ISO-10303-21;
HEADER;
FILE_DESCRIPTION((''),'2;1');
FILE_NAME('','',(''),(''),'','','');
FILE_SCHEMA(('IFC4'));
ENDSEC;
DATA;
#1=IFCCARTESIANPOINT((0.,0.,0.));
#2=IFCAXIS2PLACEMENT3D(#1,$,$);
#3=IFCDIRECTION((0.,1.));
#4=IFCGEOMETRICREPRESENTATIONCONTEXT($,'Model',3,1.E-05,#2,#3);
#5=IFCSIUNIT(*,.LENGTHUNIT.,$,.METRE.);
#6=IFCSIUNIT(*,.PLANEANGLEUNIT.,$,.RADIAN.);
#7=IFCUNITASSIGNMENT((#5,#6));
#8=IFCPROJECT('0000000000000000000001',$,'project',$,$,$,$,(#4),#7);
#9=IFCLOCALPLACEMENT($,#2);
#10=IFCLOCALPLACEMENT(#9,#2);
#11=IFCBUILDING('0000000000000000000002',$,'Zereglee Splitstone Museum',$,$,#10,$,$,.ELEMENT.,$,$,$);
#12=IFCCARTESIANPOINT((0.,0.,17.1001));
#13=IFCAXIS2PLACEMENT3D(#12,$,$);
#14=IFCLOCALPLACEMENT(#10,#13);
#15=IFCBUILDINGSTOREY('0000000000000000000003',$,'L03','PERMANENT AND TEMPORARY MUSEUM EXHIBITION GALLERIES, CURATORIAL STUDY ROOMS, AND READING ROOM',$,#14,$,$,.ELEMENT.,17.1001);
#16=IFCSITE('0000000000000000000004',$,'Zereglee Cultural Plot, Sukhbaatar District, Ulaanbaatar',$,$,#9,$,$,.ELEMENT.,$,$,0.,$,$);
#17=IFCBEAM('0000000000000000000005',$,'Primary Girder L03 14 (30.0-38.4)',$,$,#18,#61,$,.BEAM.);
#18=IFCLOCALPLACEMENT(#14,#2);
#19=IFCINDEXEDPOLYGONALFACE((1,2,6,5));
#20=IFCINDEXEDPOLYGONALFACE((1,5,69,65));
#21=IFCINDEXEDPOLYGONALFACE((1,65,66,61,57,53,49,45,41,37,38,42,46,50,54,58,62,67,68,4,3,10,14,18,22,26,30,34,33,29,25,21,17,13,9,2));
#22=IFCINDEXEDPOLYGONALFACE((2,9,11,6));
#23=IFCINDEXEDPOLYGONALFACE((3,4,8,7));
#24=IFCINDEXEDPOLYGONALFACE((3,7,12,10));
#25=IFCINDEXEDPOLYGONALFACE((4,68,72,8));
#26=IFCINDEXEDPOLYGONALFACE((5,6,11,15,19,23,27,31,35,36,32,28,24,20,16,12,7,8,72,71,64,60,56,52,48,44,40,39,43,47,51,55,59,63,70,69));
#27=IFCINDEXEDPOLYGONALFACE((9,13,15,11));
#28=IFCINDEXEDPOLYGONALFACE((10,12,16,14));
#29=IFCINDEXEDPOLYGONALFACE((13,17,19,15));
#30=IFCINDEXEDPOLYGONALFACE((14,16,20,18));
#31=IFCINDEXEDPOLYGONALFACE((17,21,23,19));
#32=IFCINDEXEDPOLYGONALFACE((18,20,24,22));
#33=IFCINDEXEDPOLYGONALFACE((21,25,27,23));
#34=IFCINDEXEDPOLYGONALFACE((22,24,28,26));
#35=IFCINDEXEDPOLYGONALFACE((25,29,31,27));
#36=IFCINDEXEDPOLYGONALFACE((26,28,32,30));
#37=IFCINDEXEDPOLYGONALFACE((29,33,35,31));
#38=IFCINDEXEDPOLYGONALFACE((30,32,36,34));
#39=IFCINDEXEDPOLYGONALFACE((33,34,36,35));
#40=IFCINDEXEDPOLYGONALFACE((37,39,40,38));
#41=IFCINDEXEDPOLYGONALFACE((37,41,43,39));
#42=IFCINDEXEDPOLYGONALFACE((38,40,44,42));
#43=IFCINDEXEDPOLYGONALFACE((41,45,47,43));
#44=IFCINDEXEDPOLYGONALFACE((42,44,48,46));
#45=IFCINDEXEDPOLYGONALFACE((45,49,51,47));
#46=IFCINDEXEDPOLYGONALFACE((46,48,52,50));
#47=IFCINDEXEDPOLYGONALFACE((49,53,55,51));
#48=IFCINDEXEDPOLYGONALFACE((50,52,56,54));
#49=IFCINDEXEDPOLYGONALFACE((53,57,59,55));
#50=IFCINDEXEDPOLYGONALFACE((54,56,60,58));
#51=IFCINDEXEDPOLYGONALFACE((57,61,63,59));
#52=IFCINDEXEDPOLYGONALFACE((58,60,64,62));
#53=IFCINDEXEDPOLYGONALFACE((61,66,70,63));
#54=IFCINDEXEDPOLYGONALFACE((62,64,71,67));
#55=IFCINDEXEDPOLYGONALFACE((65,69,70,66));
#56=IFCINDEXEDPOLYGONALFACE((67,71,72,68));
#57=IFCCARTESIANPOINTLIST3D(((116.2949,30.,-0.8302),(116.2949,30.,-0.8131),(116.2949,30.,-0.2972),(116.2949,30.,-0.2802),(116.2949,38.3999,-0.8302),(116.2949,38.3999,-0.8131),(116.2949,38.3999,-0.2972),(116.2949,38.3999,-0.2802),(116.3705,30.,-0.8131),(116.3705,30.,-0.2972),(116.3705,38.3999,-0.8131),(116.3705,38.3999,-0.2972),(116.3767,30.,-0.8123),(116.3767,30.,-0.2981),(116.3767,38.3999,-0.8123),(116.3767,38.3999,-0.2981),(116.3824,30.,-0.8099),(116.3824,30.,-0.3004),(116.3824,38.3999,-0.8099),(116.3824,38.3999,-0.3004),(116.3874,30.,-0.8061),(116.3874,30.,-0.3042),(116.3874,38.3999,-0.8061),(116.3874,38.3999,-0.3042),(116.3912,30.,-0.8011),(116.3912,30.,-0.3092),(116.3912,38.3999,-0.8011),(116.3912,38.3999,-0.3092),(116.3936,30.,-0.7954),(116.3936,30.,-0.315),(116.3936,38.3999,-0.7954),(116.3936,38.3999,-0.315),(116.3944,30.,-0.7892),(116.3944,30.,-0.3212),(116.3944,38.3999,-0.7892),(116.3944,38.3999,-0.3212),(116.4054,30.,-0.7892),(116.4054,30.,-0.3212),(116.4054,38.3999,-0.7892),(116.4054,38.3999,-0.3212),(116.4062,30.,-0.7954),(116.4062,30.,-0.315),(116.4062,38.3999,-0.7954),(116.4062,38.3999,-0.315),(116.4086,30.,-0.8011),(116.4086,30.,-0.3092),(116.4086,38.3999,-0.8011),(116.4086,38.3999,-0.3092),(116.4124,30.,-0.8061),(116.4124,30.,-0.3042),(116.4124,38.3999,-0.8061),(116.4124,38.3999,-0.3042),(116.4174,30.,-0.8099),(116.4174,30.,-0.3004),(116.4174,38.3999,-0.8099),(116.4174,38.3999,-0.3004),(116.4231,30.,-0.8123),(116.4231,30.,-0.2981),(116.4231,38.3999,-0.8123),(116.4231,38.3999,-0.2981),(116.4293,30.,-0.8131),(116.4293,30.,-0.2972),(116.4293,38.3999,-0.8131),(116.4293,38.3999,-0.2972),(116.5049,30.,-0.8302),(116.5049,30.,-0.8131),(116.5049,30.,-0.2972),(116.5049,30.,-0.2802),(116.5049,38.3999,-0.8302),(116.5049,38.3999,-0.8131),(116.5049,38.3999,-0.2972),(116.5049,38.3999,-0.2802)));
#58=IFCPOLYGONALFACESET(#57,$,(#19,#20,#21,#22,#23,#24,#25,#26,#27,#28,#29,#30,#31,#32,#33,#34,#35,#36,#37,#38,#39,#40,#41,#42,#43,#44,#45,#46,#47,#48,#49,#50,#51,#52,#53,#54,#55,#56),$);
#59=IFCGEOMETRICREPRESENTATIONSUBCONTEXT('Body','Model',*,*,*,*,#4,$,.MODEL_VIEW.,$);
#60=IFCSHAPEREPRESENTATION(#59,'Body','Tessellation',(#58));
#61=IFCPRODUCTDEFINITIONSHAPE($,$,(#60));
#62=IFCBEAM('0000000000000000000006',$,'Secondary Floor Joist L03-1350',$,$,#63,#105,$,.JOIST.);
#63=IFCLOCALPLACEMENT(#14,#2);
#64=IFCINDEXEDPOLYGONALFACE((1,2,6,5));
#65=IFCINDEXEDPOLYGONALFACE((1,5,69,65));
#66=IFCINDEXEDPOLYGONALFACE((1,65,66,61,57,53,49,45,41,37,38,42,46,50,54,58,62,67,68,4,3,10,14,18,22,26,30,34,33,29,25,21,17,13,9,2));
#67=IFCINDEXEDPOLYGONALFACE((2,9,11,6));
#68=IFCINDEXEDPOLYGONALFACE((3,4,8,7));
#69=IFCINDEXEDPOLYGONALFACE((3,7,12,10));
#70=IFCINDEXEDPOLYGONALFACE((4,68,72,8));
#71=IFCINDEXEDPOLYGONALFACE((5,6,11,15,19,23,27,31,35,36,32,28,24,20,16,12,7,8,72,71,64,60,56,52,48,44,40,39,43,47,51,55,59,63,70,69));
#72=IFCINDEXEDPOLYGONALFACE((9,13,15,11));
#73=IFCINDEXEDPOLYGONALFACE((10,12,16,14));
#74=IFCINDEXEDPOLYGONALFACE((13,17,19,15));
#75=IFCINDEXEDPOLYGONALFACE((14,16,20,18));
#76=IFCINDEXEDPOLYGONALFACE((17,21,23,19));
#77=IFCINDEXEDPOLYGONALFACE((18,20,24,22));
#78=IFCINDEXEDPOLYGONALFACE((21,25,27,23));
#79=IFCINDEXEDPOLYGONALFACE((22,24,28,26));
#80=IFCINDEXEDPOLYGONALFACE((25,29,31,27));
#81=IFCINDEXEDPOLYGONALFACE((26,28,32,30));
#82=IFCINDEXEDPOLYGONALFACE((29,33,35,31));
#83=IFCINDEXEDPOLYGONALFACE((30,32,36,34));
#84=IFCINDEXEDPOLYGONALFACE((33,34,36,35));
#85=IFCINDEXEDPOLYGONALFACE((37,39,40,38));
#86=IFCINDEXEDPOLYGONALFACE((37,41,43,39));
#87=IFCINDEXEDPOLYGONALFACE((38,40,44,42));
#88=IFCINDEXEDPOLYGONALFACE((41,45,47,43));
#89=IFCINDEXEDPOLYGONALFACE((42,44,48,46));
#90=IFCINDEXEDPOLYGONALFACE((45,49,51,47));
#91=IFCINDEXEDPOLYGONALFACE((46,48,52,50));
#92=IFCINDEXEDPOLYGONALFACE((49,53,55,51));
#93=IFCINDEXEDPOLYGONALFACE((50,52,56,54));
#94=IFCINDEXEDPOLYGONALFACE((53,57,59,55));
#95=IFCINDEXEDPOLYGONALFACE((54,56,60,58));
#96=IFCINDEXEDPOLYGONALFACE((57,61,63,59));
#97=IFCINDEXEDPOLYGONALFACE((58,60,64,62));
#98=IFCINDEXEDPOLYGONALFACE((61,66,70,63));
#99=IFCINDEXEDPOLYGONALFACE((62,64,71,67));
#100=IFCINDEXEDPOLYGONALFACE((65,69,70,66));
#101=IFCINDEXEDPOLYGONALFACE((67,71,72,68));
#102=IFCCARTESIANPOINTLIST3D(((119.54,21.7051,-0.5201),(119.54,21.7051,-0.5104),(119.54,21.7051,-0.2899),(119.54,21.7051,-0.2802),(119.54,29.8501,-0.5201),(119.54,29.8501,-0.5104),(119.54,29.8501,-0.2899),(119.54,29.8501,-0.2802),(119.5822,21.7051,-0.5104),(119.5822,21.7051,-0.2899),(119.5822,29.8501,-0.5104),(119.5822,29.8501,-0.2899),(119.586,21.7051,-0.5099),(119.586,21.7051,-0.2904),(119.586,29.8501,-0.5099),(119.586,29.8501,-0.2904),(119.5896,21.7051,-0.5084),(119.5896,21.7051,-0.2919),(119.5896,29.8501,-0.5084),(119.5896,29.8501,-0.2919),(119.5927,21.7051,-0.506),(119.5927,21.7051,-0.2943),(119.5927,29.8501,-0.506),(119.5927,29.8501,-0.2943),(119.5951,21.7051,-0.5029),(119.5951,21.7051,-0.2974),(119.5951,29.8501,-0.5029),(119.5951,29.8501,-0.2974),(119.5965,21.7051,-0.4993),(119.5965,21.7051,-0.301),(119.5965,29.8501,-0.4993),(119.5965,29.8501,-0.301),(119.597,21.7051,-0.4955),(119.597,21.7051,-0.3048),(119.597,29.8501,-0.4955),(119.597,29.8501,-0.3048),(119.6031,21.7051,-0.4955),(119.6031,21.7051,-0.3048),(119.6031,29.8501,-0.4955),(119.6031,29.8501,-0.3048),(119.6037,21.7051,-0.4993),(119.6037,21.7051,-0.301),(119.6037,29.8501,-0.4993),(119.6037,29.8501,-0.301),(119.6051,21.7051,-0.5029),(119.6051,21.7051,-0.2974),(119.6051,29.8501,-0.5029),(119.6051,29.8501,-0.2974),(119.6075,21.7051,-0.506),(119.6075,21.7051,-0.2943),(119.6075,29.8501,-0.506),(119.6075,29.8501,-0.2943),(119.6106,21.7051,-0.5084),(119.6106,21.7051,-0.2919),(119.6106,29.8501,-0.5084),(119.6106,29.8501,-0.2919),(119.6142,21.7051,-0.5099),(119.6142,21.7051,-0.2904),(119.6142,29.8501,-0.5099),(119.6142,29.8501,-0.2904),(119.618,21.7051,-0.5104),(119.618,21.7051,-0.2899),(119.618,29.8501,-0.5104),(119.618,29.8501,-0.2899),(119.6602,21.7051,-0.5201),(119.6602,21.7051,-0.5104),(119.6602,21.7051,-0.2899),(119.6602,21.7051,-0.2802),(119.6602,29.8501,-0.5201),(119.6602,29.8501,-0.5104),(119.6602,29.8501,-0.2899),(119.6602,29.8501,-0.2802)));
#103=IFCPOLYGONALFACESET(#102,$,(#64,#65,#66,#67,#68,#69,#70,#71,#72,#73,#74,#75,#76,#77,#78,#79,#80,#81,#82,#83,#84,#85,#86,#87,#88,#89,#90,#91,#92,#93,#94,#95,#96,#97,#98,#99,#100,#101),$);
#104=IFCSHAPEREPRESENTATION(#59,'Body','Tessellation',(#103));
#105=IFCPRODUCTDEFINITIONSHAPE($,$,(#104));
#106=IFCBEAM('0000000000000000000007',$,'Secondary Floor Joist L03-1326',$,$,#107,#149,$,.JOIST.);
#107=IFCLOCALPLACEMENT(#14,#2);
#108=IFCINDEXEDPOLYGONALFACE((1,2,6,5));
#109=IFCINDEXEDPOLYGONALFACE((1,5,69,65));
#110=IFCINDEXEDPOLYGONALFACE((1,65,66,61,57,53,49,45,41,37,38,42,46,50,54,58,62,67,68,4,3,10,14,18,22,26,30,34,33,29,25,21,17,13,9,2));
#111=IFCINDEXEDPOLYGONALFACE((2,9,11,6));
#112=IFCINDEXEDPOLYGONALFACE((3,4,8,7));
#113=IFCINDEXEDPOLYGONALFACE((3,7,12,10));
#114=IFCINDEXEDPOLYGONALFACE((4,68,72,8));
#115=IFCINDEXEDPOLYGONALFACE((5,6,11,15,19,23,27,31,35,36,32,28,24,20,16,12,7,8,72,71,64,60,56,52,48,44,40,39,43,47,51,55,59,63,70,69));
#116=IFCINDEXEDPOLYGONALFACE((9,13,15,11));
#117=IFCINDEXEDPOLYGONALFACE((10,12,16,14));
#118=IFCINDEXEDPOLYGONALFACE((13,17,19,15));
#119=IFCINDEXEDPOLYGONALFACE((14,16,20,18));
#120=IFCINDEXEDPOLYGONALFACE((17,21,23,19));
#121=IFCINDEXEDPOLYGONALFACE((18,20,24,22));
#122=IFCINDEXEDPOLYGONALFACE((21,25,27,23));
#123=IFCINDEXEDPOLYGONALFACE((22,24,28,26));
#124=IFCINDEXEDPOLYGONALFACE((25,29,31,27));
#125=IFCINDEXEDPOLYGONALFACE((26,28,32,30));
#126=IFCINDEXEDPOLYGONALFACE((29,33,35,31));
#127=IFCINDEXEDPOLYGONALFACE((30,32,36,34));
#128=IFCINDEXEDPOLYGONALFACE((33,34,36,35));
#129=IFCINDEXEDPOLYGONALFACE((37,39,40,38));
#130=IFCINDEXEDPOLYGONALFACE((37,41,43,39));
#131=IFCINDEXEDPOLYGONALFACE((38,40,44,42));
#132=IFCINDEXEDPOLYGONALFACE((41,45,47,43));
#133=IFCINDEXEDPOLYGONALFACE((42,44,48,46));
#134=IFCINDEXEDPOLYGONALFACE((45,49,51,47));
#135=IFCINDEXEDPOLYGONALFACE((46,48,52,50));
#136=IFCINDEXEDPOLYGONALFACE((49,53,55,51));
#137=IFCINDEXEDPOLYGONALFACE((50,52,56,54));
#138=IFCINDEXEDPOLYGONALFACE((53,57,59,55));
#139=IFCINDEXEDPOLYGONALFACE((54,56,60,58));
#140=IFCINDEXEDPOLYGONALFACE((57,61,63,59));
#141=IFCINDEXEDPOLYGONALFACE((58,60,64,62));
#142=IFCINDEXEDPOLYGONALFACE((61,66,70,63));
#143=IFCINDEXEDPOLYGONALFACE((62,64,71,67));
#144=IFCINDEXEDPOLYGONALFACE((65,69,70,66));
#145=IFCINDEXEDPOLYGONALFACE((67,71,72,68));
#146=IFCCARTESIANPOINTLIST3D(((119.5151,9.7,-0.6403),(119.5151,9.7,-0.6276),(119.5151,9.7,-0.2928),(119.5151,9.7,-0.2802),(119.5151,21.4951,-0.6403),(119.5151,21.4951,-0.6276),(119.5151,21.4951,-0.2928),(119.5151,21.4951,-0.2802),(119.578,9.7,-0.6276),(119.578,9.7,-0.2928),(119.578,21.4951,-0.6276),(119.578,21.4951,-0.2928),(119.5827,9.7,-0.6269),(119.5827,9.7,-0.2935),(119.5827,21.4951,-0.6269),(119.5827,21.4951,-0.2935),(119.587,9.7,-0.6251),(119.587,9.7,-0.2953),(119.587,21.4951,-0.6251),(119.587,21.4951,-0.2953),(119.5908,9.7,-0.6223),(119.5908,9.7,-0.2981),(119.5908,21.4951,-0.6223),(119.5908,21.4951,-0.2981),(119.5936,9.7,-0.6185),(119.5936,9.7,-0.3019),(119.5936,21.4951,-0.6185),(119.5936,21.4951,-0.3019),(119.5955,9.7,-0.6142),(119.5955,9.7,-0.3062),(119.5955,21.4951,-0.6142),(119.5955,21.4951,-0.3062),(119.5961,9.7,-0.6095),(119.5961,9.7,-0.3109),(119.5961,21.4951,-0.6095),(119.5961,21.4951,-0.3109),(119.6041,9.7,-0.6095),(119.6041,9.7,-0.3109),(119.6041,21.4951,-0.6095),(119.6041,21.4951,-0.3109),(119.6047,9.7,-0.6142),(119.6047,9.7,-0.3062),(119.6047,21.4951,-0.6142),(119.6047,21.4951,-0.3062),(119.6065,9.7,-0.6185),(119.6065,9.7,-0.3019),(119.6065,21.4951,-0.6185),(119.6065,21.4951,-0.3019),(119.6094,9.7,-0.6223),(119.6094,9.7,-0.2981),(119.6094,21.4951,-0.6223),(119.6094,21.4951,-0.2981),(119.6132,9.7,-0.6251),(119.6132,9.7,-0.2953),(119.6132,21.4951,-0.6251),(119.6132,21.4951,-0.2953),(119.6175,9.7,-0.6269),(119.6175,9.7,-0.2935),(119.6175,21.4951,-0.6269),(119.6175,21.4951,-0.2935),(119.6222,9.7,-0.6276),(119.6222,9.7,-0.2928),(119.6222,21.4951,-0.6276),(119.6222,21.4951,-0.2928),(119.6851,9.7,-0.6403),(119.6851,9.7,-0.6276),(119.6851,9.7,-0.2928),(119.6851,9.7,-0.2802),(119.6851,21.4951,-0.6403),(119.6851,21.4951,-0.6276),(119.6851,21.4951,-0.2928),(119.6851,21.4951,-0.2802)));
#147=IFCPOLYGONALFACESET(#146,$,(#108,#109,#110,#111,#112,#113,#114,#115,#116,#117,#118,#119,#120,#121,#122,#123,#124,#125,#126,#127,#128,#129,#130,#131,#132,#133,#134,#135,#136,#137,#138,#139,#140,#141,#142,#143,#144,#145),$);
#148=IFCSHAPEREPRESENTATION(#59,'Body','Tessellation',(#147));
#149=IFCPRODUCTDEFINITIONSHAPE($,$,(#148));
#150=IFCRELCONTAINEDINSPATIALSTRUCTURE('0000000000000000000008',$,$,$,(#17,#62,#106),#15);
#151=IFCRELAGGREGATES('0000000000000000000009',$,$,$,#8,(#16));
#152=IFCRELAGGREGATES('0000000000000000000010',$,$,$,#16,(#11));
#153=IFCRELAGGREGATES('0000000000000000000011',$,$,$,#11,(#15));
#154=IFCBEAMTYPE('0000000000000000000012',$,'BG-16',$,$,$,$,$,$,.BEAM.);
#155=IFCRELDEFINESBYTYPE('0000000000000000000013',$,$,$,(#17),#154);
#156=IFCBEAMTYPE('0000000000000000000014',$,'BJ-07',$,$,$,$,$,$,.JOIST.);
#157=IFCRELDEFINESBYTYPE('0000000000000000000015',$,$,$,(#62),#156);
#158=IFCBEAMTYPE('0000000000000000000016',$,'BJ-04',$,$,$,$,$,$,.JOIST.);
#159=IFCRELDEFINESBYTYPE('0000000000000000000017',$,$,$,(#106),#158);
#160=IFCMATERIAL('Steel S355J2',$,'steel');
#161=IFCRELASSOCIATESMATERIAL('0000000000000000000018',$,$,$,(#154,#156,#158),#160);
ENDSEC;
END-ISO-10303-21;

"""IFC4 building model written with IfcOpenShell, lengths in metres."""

from ifc_helpers import new_model, si_unit, direction, frame, origin, origin_2d, place, context, subcontext, project, spatial, i_section, extrude, material, material_profile, profile_set, type_object, element, save


model = new_model("IFC4")

# Units and contexts
model_context = context("Model", 3, precision=1e-05, world=origin(), true_north=direction((0.0, 1.0)))
body_context = subcontext(model_context, "Body", "Model", "MODEL_VIEW")
ifc_project = project(units=[si_unit("LENGTHUNIT", "METRE"), si_unit("PLANEANGLEUNIT", "RADIAN")], contexts=[model_context])

# Site, building, storey
site_placement = place(None, origin())
site = spatial("IfcSite", under=ifc_project, at=site_placement, Name="Zereglee Cultural Plot, Sukhbaatar District, Ulaanbaatar", CompositionType="ELEMENT", RefElevation=0.0)
building_placement = place(site_placement, origin())
building = spatial("IfcBuilding", under=site, at=building_placement, Name="Zereglee Splitstone Museum", CompositionType="ELEMENT")
storey_placement = place(building_placement, frame((0.0, 0.0, 17.1001)))
storey = spatial("IfcBuildingStorey", under=building, at=storey_placement, Name="L03", Description="PERMANENT AND TEMPORARY MUSEUM EXHIBITION GALLERIES, CURATORIAL STUDY ROOMS, AND READING ROOM", CompositionType="ELEMENT", Elevation=17.1001)

# Shared definitions
ifc_material_1 = material(Name="Steel S355J2", Category="steel")

# Beams
ifc_material_profile_1 = material_profile(ifc_material_1, i_section(OverallWidth=0.21, OverallDepth=0.55, WebThickness=0.011, FlangeThickness=0.0171, FilletRadius=0.0239, at=origin_2d()), Name="IPE 550")
ifc_profile_set_1 = profile_set([ifc_material_profile_1], Name="Steel S355J2")
beam_type_1 = type_object("IfcBeamType", Name="BG-16", PredefinedType="BEAM", material=ifc_profile_set_1)
beam_1_placement = place(storey_placement, frame((116.3999, 30.0, -0.5552), z_axis=(0.0, 1.0, 0.0), x_axis=(-1.0, 0.0, 0.0)))
element("IfcBeam", 1, at=beam_1_placement, inside=storey, type_object=beam_type_1, Name="Primary Girder L03 14 (30.0-38.4)", PredefinedType="BEAM", context=body_context, shape_type="SweptSolid", body=[
    extrude(i_section(OverallWidth=0.21, OverallDepth=0.55, WebThickness=0.011, FlangeThickness=0.0171, FilletRadius=0.0239, at=origin_2d()), origin(), (0.0, 0.0, 1.0), 8.3999),
])
ifc_material_profile_2 = material_profile(ifc_material_1, i_section(OverallWidth=0.1201, OverallDepth=0.24, WebThickness=0.0061, FlangeThickness=0.0098, FilletRadius=0.0149, at=origin_2d()), Name="IPE 240")
ifc_profile_set_2 = profile_set([ifc_material_profile_2], Name="Steel S355J2")
beam_type_2 = type_object("IfcBeamType", Name="BJ-07", PredefinedType="JOIST", material=ifc_profile_set_2)
beam_2_placement = place(storey_placement, frame((119.6001, 21.7051, -0.4001), z_axis=(0.0, 1.0, 0.0), x_axis=(-1.0, 0.0, 0.0)))
element("IfcBeam", 2, at=beam_2_placement, inside=storey, type_object=beam_type_2, Name="Secondary Floor Joist L03-1350", PredefinedType="JOIST", context=body_context, shape_type="SweptSolid", body=[
    extrude(i_section(OverallWidth=0.1201, OverallDepth=0.24, WebThickness=0.0061, FlangeThickness=0.0098, FilletRadius=0.0149, at=origin_2d()), origin(), (0.0, 0.0, 1.0), 8.145),
])
ifc_material_profile_3 = material_profile(ifc_material_1, i_section(OverallWidth=0.1699, OverallDepth=0.3601, WebThickness=0.0081, FlangeThickness=0.0127, FilletRadius=0.0181, at=origin_2d()), Name="IPE 360")
ifc_profile_set_3 = profile_set([ifc_material_profile_3], Name="Steel S355J2")
beam_type_3 = type_object("IfcBeamType", Name="BJ-04", PredefinedType="JOIST", material=ifc_profile_set_3)
beam_3_placement = place(storey_placement, frame((119.6001, 9.7, -0.4602), z_axis=(0.0, 1.0, 0.0), x_axis=(-1.0, 0.0, 0.0)))
element("IfcBeam", 3, at=beam_3_placement, inside=storey, type_object=beam_type_3, Name="Secondary Floor Joist L03-1326", PredefinedType="JOIST", context=body_context, shape_type="SweptSolid", body=[
    extrude(i_section(OverallWidth=0.1699, OverallDepth=0.3601, WebThickness=0.0081, FlangeThickness=0.0127, FilletRadius=0.0181, at=origin_2d()), origin(), (0.0, 0.0, 1.0), 11.7952),
])

save(model, "model.ifc")
